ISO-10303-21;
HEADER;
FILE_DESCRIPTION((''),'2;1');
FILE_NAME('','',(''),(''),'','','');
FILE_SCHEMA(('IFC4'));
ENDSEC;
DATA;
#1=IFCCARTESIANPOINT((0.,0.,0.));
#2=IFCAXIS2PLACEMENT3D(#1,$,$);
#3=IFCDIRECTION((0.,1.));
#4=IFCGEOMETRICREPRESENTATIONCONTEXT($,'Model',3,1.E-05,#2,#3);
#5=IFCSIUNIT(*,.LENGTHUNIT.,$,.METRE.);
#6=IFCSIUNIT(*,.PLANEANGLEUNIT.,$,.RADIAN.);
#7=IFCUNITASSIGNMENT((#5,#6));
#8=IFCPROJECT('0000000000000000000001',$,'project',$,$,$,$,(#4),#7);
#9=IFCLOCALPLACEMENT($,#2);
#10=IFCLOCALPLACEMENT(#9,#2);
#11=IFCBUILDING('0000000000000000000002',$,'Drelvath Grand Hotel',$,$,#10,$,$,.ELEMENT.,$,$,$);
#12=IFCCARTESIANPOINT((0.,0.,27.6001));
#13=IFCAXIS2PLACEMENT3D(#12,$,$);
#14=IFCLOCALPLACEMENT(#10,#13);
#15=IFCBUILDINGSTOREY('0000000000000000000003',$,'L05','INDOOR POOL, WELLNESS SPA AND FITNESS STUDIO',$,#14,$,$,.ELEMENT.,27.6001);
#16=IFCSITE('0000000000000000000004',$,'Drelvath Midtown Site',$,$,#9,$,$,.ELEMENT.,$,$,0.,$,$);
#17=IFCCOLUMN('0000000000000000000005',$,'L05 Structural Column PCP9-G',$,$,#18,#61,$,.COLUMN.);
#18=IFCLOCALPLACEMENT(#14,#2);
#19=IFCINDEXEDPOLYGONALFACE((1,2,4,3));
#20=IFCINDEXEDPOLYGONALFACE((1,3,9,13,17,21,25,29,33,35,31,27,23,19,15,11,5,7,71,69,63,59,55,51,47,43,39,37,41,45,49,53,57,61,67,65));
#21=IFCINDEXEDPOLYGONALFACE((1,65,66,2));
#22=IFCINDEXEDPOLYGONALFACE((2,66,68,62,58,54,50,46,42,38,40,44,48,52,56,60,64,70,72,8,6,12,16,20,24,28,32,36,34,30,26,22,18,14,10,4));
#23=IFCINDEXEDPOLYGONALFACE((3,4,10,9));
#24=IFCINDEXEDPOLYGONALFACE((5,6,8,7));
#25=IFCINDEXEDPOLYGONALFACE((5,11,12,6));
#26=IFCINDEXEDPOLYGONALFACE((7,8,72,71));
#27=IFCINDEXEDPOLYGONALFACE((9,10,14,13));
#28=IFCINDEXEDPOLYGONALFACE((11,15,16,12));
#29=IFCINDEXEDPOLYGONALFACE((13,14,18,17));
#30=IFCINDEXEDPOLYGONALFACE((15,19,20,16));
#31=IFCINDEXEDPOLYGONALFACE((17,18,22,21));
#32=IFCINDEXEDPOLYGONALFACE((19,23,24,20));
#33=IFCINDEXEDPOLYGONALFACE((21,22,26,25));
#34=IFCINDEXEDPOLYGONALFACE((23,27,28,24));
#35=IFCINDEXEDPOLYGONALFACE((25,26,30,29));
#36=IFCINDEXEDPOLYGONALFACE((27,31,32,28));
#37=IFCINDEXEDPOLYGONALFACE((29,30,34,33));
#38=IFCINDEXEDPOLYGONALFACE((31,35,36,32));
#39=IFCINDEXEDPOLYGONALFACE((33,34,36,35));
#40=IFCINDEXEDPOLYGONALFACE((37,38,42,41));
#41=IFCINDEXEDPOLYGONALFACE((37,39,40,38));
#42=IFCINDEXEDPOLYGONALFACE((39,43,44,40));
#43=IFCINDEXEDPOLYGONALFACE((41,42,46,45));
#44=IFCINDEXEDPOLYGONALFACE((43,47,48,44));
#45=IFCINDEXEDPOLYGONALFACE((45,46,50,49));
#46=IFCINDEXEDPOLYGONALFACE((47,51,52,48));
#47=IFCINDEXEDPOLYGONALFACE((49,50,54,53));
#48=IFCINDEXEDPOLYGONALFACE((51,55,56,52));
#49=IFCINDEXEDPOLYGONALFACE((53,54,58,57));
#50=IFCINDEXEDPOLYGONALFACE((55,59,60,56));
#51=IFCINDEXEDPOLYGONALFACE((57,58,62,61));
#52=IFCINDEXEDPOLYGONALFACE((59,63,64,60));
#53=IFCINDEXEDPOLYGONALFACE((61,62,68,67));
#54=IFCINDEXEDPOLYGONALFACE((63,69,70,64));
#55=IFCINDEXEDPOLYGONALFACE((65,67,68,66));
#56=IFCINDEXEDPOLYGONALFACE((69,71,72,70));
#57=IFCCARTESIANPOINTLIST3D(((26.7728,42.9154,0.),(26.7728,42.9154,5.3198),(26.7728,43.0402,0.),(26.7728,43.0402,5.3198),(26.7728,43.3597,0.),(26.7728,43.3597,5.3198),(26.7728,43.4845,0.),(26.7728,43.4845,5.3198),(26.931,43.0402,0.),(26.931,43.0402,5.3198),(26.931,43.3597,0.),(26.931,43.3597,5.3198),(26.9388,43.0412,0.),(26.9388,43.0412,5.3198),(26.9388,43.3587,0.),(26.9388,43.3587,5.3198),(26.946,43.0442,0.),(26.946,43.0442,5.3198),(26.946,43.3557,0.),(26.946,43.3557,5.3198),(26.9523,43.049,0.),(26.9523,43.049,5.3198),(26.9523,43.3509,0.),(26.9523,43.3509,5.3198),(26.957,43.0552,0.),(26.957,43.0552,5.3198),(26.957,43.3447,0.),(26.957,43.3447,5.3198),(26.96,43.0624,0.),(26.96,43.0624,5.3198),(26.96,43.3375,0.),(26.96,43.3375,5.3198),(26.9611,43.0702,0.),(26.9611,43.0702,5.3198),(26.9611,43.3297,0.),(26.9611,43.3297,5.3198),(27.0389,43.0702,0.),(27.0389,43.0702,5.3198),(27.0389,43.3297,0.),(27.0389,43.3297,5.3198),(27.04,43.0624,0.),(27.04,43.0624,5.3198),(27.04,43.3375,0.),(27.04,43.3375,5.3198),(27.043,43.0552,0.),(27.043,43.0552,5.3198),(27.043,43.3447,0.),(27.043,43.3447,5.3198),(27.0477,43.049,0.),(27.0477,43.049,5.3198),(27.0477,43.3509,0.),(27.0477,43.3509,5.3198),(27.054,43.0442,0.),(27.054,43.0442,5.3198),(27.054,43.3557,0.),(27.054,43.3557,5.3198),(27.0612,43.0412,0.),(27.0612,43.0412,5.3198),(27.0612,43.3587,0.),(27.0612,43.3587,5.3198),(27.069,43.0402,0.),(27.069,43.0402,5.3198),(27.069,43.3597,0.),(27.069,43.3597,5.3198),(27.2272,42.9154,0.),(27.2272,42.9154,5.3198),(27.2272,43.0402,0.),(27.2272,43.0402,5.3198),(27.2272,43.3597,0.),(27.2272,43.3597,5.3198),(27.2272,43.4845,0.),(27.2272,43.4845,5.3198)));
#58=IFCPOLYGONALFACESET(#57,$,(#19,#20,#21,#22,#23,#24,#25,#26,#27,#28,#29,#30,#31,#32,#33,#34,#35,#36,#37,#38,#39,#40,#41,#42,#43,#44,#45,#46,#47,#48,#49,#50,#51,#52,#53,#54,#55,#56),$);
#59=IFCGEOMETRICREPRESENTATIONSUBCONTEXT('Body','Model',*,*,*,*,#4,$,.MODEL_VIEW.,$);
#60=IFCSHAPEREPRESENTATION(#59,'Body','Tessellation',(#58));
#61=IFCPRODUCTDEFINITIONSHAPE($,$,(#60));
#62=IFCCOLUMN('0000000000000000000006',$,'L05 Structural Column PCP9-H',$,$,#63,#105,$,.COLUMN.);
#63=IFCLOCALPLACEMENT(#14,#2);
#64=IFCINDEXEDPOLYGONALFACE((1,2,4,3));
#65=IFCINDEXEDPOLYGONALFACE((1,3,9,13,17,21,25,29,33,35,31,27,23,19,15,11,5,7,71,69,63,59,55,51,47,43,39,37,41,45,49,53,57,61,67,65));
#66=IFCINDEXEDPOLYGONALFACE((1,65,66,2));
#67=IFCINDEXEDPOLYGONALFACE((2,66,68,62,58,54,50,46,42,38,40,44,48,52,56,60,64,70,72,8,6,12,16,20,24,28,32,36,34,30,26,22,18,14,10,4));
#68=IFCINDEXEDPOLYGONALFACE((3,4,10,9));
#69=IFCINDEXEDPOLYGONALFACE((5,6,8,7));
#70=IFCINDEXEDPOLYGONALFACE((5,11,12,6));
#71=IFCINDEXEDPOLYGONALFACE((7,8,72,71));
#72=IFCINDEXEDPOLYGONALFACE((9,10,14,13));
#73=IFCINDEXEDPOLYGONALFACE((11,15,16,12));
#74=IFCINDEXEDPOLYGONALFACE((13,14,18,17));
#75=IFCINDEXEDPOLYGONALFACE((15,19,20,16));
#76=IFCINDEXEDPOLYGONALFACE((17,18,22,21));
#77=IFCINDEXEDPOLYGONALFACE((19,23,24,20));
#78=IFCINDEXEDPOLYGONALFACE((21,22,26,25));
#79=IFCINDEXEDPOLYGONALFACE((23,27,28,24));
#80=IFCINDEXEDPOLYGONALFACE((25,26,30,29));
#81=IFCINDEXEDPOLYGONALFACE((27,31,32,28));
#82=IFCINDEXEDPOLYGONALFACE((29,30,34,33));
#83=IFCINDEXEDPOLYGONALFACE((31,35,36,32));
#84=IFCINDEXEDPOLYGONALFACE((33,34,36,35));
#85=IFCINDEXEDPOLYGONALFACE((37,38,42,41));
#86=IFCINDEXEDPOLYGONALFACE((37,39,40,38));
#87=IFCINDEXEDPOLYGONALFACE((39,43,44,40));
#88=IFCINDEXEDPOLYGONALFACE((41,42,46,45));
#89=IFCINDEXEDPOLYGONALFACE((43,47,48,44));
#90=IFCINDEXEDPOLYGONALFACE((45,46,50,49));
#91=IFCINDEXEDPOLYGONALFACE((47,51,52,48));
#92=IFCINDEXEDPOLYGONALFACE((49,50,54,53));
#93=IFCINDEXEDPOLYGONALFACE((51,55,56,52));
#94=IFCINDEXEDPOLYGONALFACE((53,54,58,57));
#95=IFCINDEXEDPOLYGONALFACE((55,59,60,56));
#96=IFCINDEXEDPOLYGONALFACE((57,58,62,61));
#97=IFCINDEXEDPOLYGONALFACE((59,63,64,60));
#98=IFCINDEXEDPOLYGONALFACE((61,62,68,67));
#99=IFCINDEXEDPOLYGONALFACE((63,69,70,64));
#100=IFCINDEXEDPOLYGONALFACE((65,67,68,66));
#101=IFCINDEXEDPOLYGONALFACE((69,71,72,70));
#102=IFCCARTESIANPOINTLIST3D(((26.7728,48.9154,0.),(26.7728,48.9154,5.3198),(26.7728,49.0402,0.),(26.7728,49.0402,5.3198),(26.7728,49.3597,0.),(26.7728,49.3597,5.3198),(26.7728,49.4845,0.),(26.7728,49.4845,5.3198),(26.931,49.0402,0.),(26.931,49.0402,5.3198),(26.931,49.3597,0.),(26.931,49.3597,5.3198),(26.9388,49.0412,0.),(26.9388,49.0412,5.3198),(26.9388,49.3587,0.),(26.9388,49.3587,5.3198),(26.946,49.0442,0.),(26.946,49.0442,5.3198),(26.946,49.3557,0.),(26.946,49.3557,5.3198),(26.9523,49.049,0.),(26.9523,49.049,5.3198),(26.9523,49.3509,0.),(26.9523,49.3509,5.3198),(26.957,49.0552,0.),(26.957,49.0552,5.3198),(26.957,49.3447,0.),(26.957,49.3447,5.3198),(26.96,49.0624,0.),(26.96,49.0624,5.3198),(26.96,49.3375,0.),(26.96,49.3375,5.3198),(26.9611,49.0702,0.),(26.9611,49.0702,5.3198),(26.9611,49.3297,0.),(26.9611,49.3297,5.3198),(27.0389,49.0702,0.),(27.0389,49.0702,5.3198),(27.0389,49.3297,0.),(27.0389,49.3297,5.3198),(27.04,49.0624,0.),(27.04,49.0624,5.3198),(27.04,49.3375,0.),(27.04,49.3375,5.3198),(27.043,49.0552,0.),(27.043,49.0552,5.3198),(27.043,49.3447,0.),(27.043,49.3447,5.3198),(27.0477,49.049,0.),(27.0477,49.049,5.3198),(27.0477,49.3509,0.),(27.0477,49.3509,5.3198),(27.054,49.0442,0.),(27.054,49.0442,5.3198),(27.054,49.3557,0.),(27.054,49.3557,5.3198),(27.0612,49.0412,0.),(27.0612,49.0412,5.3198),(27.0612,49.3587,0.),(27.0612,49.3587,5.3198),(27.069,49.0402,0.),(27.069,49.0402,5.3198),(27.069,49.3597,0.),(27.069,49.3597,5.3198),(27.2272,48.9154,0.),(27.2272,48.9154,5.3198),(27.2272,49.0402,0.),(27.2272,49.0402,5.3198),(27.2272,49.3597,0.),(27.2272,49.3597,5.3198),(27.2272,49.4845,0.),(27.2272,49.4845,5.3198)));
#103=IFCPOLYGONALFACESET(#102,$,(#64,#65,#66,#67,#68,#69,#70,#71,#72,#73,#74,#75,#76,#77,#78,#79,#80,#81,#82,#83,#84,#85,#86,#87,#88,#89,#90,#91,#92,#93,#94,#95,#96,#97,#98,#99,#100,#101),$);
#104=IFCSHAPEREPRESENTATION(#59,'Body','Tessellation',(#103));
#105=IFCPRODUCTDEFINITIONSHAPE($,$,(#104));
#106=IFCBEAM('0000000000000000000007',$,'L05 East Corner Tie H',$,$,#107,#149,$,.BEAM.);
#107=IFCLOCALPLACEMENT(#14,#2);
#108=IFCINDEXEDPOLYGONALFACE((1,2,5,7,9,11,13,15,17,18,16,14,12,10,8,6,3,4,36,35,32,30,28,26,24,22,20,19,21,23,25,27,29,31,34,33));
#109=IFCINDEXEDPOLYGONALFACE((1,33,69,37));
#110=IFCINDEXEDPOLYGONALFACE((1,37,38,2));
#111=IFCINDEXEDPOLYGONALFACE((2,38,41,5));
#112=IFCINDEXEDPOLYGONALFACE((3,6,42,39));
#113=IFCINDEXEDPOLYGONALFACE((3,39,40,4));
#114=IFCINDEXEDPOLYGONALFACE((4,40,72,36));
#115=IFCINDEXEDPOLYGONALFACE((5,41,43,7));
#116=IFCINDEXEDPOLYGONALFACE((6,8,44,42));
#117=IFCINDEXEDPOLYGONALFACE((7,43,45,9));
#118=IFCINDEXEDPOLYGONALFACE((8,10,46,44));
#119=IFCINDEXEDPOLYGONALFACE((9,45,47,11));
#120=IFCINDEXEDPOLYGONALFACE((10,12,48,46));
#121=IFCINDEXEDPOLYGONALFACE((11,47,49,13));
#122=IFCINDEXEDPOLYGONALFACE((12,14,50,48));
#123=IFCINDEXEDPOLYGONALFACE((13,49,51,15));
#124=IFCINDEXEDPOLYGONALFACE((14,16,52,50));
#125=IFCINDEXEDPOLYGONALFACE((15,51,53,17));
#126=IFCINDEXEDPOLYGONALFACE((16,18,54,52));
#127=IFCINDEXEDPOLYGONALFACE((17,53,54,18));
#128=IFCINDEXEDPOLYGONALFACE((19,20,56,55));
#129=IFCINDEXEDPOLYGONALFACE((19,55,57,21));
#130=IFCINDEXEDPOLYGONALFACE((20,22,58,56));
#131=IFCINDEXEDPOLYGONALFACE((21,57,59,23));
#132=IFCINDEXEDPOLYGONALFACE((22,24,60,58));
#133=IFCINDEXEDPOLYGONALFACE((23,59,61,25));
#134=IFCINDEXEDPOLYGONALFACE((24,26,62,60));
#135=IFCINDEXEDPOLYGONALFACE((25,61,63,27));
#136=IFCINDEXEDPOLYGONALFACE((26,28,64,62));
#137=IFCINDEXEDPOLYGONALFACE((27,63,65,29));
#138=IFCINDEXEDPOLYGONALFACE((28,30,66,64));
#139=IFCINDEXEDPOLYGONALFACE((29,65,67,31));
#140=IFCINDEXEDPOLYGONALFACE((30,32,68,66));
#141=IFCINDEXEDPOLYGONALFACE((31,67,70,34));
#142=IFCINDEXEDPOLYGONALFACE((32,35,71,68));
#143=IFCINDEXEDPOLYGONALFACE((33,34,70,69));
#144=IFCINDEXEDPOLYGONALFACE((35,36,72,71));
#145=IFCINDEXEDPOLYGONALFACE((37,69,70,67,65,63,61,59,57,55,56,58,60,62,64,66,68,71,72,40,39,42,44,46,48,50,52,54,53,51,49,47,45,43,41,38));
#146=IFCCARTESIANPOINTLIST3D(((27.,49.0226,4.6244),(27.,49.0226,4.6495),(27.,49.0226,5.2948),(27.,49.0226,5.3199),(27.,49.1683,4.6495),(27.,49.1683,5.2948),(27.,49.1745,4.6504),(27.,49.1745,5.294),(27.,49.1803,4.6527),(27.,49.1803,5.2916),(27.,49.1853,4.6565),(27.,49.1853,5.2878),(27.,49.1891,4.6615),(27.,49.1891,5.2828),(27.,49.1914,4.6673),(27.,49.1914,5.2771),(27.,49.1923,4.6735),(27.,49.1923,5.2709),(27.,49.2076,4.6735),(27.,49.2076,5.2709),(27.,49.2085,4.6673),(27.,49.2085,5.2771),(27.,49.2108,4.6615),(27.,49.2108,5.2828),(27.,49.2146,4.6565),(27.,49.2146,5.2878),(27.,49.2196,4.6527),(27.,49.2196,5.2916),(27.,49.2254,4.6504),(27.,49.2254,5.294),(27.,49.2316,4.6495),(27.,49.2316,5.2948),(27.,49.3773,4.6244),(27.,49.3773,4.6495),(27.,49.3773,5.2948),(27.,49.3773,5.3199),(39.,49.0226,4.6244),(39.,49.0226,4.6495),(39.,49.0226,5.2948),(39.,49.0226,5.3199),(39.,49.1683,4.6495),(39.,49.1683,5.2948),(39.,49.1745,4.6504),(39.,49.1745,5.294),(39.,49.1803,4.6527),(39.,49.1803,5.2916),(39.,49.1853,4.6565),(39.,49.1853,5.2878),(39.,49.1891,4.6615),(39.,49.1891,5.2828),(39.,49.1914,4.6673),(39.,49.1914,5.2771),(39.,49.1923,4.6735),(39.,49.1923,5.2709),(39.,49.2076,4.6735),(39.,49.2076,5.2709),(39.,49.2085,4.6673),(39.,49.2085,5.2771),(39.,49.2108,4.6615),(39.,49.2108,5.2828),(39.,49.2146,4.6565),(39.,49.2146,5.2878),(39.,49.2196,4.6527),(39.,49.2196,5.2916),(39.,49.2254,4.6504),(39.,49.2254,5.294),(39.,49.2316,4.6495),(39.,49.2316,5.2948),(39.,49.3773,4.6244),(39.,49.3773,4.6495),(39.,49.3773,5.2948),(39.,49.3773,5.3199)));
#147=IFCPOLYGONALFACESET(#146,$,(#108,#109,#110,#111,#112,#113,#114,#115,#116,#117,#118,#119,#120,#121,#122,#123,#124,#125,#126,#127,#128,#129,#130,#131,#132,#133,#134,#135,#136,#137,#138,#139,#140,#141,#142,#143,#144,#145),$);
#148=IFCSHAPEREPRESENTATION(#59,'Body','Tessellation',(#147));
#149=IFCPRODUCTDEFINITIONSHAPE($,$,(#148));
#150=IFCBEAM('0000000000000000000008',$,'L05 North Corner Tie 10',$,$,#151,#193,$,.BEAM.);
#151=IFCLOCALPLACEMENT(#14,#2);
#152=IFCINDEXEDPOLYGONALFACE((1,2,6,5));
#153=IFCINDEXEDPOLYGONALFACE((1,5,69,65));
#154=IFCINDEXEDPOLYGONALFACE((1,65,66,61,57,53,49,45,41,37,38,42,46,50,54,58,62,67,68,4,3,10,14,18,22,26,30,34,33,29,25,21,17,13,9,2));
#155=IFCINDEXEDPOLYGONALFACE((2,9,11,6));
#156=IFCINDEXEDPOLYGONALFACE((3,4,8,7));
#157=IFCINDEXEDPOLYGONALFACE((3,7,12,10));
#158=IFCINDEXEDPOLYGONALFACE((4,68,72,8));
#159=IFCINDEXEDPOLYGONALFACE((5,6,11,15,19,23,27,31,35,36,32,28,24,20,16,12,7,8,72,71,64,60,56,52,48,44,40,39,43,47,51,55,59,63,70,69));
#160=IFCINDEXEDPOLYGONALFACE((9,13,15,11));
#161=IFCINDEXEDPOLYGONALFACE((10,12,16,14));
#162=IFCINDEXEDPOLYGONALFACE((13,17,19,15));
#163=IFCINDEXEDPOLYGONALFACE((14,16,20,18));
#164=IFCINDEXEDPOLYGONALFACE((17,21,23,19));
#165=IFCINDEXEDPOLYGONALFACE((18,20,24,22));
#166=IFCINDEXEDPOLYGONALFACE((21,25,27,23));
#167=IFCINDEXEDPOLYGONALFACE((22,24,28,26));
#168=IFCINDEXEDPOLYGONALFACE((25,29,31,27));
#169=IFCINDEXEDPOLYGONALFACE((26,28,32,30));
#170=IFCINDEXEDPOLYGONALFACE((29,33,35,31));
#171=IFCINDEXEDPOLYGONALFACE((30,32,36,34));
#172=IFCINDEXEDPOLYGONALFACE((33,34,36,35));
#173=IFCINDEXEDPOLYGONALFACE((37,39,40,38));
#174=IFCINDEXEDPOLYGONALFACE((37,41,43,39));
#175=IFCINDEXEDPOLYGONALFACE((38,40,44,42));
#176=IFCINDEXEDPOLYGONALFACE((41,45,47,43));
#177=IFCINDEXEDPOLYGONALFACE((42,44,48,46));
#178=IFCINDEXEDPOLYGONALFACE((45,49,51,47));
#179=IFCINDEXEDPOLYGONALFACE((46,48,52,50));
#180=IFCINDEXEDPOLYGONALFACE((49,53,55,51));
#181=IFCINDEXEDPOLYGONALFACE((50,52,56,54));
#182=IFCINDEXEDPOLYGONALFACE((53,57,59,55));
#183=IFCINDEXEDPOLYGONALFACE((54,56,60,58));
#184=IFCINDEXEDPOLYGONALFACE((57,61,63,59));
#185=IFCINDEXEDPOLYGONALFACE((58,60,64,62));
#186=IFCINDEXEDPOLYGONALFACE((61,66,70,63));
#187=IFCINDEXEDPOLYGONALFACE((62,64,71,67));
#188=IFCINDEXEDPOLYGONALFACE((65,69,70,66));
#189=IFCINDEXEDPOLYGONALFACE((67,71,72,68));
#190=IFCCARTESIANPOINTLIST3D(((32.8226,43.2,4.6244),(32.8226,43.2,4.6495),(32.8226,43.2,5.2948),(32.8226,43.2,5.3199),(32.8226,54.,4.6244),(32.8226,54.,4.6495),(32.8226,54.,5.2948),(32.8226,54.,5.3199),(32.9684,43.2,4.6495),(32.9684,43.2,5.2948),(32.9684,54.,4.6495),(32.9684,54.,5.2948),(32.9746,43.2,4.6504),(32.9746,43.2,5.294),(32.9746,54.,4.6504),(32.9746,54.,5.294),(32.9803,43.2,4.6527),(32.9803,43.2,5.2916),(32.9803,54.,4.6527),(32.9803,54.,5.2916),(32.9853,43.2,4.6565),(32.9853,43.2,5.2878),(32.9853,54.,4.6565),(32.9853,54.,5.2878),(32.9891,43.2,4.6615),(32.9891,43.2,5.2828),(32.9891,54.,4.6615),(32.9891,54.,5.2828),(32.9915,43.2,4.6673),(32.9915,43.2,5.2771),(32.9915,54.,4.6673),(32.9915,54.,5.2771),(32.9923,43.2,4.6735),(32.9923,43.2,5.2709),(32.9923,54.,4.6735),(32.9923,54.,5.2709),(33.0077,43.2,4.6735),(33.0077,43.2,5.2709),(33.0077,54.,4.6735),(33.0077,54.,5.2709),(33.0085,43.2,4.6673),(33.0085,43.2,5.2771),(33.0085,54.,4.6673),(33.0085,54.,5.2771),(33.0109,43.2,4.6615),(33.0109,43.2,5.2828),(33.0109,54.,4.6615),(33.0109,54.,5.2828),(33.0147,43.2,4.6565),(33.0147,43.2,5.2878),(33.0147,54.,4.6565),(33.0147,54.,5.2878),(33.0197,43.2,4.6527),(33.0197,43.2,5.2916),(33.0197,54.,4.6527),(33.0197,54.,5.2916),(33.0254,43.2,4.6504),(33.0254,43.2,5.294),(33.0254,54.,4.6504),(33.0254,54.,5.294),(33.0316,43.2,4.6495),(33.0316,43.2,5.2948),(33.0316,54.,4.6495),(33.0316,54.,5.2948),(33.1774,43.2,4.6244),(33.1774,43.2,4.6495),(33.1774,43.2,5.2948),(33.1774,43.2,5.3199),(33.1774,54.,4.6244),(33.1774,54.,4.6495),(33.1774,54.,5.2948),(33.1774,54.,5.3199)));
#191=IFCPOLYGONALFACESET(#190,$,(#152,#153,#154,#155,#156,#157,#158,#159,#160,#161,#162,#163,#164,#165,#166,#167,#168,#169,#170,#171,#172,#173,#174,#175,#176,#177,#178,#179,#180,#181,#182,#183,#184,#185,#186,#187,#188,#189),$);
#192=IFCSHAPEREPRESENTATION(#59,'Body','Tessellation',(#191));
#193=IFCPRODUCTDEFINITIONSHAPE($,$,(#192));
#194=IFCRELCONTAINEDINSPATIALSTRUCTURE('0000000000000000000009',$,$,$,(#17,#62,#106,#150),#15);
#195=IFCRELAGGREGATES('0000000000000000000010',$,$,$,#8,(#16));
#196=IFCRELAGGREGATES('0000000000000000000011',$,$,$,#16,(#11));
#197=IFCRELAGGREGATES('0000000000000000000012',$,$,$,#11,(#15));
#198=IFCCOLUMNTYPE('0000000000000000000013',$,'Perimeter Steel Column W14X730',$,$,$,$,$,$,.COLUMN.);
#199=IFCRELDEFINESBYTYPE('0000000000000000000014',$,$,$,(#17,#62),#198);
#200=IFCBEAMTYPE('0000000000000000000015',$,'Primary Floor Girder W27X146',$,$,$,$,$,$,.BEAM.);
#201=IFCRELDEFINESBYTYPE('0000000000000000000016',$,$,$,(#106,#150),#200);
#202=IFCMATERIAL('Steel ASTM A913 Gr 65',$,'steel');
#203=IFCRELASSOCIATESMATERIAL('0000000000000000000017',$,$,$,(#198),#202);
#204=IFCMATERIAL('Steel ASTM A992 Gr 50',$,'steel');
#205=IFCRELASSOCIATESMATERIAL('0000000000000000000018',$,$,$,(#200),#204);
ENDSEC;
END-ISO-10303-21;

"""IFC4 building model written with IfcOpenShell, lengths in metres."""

from ifc_helpers import new_model, si_unit, direction, frame, origin, origin_2d, place, context, subcontext, project, spatial, i_section, extrude, material, material_profile, profile_set, type_object, element, save


model = new_model("IFC4")

# Units and contexts
model_context = context("Model", 3, precision=1e-05, world=origin(), true_north=direction((0.0, 1.0)))
body_context = subcontext(model_context, "Body", "Model", "MODEL_VIEW")
ifc_project = project(units=[si_unit("LENGTHUNIT", "METRE"), si_unit("PLANEANGLEUNIT", "RADIAN")], contexts=[model_context])

# Site, building, storey
site_placement = place(None, origin())
site = spatial("IfcSite", under=ifc_project, at=site_placement, Name="Drelvath Midtown Site", CompositionType="ELEMENT", RefElevation=0.0)
building_placement = place(site_placement, origin())
building = spatial("IfcBuilding", under=site, at=building_placement, Name="Drelvath Grand Hotel", CompositionType="ELEMENT")
storey_placement = place(building_placement, frame((0.0, 0.0, 27.6001)))
storey = spatial("IfcBuildingStorey", under=building, at=storey_placement, Name="L05", Description="INDOOR POOL, WELLNESS SPA AND FITNESS STUDIO", CompositionType="ELEMENT", Elevation=27.6001)

# Columns
ifc_material_1 = material(Name="Steel ASTM A913 Gr 65", Category="steel")
ifc_material_profile_1 = material_profile(ifc_material_1, i_section(OverallWidth=0.4543, OverallDepth=0.5691, WebThickness=0.0779, FlangeThickness=0.1248, FilletRadius=0.03, at=origin_2d()), Name="W14X730")
ifc_profile_set_1 = profile_set([ifc_material_profile_1], Name="Steel ASTM A913 Gr 65")
column_type_1 = type_object("IfcColumnType", Name="Perimeter Steel Column W14X730", PredefinedType="COLUMN", material=ifc_profile_set_1)
for number, where, z_axis, x_axis, name in (
    (1, (27.0, 43.2, 0.0), (0.0, 0.0, 1.0), (1.0, 0.0, 0.0), "L05 Structural Column PCP9-G"),
    (2, (27.0, 49.2, 0.0), (0.0, 0.0, 1.0), (1.0, 0.0, 0.0), "L05 Structural Column PCP9-H"),
):
    element("IfcColumn", number, at=place(storey_placement, frame(where, z_axis=z_axis, x_axis=x_axis)), inside=storey, type_object=column_type_1, Name=name, PredefinedType="COLUMN", context=body_context, shape_type="SweptSolid", body=[
        extrude(i_section(OverallWidth=0.4543, OverallDepth=0.5691, WebThickness=0.0779, FlangeThickness=0.1248, FilletRadius=0.03, at=origin_2d()), origin(), (0.0, 0.0, 1.0), 5.3198),
    ])

# Beams
ifc_material_2 = material(Name="Steel ASTM A992 Gr 50", Category="steel")
ifc_material_profile_2 = material_profile(ifc_material_2, i_section(OverallWidth=0.3547, OverallDepth=0.6956, WebThickness=0.0154, FlangeThickness=0.0251, FilletRadius=0.0239, at=origin_2d()), Name="W27X146")
ifc_profile_set_2 = profile_set([ifc_material_profile_2], Name="Steel ASTM A992 Gr 50")
beam_type_1 = type_object("IfcBeamType", Name="Primary Floor Girder W27X146", PredefinedType="BEAM", material=ifc_profile_set_2)
beam_1_placement = place(storey_placement, frame((27.0, 49.2, 4.9722), z_axis=(1.0, 0.0, 0.0), x_axis=(0.0, 1.0, 0.0)))
element("IfcBeam", 3, at=beam_1_placement, inside=storey, type_object=beam_type_1, Name="L05 East Corner Tie H", PredefinedType="BEAM", context=body_context, shape_type="SweptSolid", body=[
    extrude(i_section(OverallWidth=0.3547, OverallDepth=0.6956, WebThickness=0.0154, FlangeThickness=0.0251, FilletRadius=0.0239, at=origin_2d()), origin(), (0.0, 0.0, 1.0), 12.0),
])
beam_2_placement = place(storey_placement, frame((33.0, 43.2, 4.9722), z_axis=(0.0, 1.0, 0.0), x_axis=(-1.0, 0.0, 0.0)))
element("IfcBeam", 4, at=beam_2_placement, inside=storey, type_object=beam_type_1, Name="L05 North Corner Tie 10", PredefinedType="BEAM", context=body_context, shape_type="SweptSolid", body=[
    extrude(i_section(OverallWidth=0.3547, OverallDepth=0.6956, WebThickness=0.0154, FlangeThickness=0.0251, FilletRadius=0.0239, at=origin_2d()), origin(), (0.0, 0.0, 1.0), 10.8),
])

save(model, "model.ifc")
